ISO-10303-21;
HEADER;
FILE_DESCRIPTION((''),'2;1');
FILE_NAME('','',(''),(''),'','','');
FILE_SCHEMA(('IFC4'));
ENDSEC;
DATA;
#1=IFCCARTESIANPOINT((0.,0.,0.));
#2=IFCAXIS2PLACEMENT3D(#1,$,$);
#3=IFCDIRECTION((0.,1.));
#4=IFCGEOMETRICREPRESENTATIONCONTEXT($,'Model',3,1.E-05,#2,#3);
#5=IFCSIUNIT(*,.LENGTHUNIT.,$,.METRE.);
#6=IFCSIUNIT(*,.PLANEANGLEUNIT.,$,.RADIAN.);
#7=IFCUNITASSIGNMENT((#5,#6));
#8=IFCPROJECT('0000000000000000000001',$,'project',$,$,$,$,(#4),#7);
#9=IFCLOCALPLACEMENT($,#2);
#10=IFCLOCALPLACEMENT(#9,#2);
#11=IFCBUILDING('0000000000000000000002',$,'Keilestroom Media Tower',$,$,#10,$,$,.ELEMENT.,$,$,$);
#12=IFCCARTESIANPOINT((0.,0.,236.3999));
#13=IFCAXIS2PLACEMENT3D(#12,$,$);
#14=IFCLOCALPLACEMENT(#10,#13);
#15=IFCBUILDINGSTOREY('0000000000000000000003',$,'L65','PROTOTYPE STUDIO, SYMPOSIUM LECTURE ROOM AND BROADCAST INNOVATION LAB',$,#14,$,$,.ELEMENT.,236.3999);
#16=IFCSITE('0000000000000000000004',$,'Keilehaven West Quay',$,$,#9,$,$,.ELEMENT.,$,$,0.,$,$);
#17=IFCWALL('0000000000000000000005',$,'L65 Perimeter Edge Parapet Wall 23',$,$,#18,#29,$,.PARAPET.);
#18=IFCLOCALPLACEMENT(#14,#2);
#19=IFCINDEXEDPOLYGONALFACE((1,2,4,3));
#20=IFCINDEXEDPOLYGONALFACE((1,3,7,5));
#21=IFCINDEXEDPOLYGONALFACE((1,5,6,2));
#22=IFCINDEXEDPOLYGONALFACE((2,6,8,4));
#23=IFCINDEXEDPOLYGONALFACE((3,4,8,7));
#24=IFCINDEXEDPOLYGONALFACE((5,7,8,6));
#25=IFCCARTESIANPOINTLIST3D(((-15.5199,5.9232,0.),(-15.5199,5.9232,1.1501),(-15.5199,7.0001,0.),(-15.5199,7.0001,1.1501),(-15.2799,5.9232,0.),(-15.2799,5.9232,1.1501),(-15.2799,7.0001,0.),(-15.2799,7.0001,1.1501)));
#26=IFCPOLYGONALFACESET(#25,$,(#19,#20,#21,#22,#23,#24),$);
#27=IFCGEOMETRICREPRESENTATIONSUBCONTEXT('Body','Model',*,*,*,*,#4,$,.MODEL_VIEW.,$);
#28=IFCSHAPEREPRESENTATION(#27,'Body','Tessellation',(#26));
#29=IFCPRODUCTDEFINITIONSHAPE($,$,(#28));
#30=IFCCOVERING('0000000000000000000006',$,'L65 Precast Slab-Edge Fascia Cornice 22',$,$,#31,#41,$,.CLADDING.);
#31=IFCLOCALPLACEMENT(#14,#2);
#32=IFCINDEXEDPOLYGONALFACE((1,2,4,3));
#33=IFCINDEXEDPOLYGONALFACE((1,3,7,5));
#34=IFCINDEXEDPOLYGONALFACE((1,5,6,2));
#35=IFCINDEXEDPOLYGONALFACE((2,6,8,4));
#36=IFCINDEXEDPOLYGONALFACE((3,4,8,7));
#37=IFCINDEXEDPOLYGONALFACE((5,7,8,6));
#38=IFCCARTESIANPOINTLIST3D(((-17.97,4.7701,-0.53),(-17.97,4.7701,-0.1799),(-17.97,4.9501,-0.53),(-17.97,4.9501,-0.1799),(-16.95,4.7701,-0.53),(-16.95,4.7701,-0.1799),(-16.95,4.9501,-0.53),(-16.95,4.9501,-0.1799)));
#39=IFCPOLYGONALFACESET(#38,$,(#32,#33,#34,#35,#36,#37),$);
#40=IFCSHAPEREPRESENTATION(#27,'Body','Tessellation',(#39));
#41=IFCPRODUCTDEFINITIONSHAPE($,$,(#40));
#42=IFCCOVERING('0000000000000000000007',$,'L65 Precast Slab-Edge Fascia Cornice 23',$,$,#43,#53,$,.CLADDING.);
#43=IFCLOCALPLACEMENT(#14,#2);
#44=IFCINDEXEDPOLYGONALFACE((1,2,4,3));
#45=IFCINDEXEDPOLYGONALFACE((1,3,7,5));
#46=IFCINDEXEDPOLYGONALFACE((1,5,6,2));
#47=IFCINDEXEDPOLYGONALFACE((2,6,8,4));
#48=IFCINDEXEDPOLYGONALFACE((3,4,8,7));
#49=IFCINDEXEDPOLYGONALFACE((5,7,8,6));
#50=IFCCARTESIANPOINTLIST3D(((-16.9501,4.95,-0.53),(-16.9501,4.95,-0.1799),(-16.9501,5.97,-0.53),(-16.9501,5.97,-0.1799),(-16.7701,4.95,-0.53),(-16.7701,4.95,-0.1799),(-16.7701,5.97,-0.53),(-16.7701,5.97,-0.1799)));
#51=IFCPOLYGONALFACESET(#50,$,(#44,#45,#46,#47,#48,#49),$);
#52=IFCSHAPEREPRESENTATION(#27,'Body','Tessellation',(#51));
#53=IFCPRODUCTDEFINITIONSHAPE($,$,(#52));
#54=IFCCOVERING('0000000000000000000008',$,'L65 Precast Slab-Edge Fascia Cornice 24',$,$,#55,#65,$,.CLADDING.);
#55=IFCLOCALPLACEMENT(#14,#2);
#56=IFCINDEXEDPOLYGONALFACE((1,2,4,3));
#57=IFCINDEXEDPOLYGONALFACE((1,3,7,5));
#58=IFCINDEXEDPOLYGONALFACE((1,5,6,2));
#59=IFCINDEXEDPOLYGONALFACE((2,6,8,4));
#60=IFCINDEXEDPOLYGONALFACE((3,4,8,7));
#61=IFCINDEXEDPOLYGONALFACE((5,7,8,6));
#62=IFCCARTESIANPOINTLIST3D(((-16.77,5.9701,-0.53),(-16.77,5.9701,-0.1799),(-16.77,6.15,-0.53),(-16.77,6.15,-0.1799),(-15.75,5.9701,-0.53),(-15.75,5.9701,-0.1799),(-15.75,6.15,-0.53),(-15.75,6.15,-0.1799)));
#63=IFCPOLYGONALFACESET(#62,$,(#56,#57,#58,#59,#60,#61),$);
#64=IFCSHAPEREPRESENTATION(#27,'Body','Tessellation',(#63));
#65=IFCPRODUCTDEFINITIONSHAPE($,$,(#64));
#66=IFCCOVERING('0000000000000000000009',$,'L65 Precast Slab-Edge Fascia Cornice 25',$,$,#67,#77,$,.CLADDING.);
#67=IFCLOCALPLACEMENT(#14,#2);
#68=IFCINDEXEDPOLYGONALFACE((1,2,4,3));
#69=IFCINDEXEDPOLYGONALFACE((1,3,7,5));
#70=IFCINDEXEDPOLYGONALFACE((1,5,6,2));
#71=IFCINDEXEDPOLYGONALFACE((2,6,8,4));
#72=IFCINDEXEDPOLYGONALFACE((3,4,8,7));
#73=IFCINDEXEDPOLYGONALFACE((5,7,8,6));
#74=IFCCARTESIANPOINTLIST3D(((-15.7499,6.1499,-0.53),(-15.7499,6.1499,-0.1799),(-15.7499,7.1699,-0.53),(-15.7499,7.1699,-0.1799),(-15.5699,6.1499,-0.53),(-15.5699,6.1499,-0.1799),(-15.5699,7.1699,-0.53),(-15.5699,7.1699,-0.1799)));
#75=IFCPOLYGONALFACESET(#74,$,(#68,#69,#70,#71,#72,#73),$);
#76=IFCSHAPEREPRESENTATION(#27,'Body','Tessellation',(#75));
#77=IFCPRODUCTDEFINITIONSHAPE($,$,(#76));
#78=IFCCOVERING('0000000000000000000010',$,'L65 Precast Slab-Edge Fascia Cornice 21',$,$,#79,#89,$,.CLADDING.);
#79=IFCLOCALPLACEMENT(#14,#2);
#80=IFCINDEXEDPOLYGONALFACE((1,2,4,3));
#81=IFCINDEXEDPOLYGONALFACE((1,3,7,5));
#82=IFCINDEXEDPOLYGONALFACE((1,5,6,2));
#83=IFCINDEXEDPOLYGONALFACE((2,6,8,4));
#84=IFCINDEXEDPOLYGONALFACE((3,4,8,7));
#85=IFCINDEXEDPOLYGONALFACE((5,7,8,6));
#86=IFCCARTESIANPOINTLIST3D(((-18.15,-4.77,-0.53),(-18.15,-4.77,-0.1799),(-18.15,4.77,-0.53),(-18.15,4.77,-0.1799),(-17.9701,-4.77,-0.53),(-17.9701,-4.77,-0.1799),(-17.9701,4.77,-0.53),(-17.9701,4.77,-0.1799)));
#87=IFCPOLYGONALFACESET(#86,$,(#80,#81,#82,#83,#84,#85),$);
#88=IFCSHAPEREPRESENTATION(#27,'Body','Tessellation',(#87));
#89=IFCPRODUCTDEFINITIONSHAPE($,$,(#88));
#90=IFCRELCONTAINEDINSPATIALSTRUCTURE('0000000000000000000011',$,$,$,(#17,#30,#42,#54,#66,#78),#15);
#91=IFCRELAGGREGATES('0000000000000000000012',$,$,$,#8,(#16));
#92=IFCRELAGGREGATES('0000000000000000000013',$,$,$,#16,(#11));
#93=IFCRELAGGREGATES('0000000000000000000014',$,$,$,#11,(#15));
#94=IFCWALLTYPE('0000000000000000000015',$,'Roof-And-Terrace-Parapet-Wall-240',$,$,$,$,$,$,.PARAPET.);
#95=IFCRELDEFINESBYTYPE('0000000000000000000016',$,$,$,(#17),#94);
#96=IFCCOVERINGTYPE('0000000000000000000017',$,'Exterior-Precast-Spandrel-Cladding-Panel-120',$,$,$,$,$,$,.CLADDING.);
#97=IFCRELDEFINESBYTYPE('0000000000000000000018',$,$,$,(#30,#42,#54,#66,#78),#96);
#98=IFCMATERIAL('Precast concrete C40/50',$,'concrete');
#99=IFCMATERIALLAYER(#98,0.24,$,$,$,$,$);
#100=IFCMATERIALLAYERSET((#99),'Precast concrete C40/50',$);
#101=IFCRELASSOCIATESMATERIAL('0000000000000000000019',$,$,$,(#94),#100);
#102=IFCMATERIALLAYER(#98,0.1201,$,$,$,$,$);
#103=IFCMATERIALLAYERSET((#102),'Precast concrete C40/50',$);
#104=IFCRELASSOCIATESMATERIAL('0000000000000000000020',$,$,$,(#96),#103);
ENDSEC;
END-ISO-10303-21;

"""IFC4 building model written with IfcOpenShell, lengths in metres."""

from ifc_helpers import new_model, si_unit, direction, frame, frame_2d, origin, origin_2d, place, context, subcontext, project, spatial, rectangle, extrude, source, transform, mapped, material, layer, layer_set, type_object, element, save


model = new_model("IFC4")

# Units and contexts
model_context = context("Model", 3, precision=1e-05, world=origin(), true_north=direction((0.0, 1.0)))
body_context = subcontext(model_context, "Body", "Model", "MODEL_VIEW")
ifc_project = project(units=[si_unit("LENGTHUNIT", "METRE"), si_unit("PLANEANGLEUNIT", "RADIAN")], contexts=[model_context])

# Site, building, storey
site_placement = place(None, origin())
site = spatial("IfcSite", under=ifc_project, at=site_placement, Name="Keilehaven West Quay", CompositionType="ELEMENT", RefElevation=0.0)
building_placement = place(site_placement, origin())
building = spatial("IfcBuilding", under=site, at=building_placement, Name="Keilestroom Media Tower", CompositionType="ELEMENT")
storey_placement = place(building_placement, frame((0.0, 0.0, 236.3999)))
storey = spatial("IfcBuildingStorey", under=building, at=storey_placement, Name="L65", Description="PROTOTYPE STUDIO, SYMPOSIUM LECTURE ROOM AND BROADCAST INNOVATION LAB", CompositionType="ELEMENT", Elevation=236.3999)

# Shared definitions
ifc_material_1 = material(Name="Precast concrete C40/50", Category="concrete")

# Wall
ifc_layer_1 = layer(ifc_material_1, 0.24)
ifc_layer_set_1 = layer_set([ifc_layer_1], Name="Precast concrete C40/50")
wall_type = type_object("IfcWallType", Name="Roof-And-Terrace-Parapet-Wall-240", PredefinedType="PARAPET", material=ifc_layer_set_1)
wall_1_placement = place(storey_placement, frame((-15.3999, 5.9231, 0.0), z_axis=(0.0, 0.0, 1.0), x_axis=(0.0, 1.0, 0.0)))
element("IfcWall", 1, at=wall_1_placement, inside=storey, type_object=wall_type, Name="L65 Perimeter Edge Parapet Wall 23", PredefinedType="PARAPET", context=body_context, shape_type="SweptSolid", body=[
    extrude(rectangle(XDim=1.0769, YDim=0.24, at=frame_2d((0.5386, 0.0))), origin(), (0.0, 0.0, 1.0), 1.1501),
])

# Coverings
ifc_layer_2 = layer(ifc_material_1, 0.1201)
ifc_layer_set_2 = layer_set([ifc_layer_2], Name="Precast concrete C40/50")
covering_type = type_object("IfcCoveringType", Name="Exterior-Precast-Spandrel-Cladding-Panel-120", PredefinedType="CLADDING", material=ifc_layer_set_2)
shared_shape_1 = source(origin(), body_context, "Body", "SweptSolid", [
    extrude(rectangle(XDim=1.02, YDim=0.1799, at=origin_2d()), origin(), (0.0, 0.0, 1.0), 0.3501),
])
for number, where, z_axis, x_axis, name in (
    (2, (-17.46, 4.8601, -0.53), (0.0, 0.0, 1.0), (1.0, 0.0, 0.0), "L65 Precast Slab-Edge Fascia Cornice 22"),
    (3, (-16.8601, 5.46, -0.53), (0.0, 0.0, 1.0), (0.0, 1.0, 0.0), "L65 Precast Slab-Edge Fascia Cornice 23"),
    (4, (-16.26, 6.0601, -0.53), (0.0, 0.0, 1.0), (1.0, 0.0, 0.0), "L65 Precast Slab-Edge Fascia Cornice 24"),
    (5, (-15.6599, 6.6599, -0.53), (0.0, 0.0, 1.0), (0.0, 1.0, 0.0), "L65 Precast Slab-Edge Fascia Cornice 25"),
):
    element("IfcCovering", number, at=place(storey_placement, frame(where, z_axis=z_axis, x_axis=x_axis)), inside=storey, type_object=covering_type, Name=name, PredefinedType="CLADDING", context=body_context, shape_type="MappedRepresentation", body=[
        mapped(shared_shape_1, transform((0.0, 0.0, 0.0), x_axis=(1.0, 0.0, 0.0), y_axis=(0.0, 1.0, 0.0), z_axis=(0.0, 0.0, 1.0), scale=1.0)),
    ])
shared_shape_2 = source(origin(), body_context, "Body", "SweptSolid", [
    extrude(rectangle(XDim=9.54, YDim=0.1799, at=origin_2d()), origin(), (0.0, 0.0, 1.0), 0.3501),
])
covering_placement = place(storey_placement, frame((-18.0601, 0.0, -0.53), z_axis=(0.0, 0.0, 1.0), x_axis=(0.0, 1.0, 0.0)))
element("IfcCovering", 6, at=covering_placement, inside=storey, type_object=covering_type, Name="L65 Precast Slab-Edge Fascia Cornice 21", PredefinedType="CLADDING", context=body_context, shape_type="MappedRepresentation", body=[
    mapped(shared_shape_2, transform((0.0, 0.0, 0.0), x_axis=(1.0, 0.0, 0.0), y_axis=(0.0, 1.0, 0.0), z_axis=(0.0, 0.0, 1.0), scale=1.0)),
])

save(model, "model.ifc")
